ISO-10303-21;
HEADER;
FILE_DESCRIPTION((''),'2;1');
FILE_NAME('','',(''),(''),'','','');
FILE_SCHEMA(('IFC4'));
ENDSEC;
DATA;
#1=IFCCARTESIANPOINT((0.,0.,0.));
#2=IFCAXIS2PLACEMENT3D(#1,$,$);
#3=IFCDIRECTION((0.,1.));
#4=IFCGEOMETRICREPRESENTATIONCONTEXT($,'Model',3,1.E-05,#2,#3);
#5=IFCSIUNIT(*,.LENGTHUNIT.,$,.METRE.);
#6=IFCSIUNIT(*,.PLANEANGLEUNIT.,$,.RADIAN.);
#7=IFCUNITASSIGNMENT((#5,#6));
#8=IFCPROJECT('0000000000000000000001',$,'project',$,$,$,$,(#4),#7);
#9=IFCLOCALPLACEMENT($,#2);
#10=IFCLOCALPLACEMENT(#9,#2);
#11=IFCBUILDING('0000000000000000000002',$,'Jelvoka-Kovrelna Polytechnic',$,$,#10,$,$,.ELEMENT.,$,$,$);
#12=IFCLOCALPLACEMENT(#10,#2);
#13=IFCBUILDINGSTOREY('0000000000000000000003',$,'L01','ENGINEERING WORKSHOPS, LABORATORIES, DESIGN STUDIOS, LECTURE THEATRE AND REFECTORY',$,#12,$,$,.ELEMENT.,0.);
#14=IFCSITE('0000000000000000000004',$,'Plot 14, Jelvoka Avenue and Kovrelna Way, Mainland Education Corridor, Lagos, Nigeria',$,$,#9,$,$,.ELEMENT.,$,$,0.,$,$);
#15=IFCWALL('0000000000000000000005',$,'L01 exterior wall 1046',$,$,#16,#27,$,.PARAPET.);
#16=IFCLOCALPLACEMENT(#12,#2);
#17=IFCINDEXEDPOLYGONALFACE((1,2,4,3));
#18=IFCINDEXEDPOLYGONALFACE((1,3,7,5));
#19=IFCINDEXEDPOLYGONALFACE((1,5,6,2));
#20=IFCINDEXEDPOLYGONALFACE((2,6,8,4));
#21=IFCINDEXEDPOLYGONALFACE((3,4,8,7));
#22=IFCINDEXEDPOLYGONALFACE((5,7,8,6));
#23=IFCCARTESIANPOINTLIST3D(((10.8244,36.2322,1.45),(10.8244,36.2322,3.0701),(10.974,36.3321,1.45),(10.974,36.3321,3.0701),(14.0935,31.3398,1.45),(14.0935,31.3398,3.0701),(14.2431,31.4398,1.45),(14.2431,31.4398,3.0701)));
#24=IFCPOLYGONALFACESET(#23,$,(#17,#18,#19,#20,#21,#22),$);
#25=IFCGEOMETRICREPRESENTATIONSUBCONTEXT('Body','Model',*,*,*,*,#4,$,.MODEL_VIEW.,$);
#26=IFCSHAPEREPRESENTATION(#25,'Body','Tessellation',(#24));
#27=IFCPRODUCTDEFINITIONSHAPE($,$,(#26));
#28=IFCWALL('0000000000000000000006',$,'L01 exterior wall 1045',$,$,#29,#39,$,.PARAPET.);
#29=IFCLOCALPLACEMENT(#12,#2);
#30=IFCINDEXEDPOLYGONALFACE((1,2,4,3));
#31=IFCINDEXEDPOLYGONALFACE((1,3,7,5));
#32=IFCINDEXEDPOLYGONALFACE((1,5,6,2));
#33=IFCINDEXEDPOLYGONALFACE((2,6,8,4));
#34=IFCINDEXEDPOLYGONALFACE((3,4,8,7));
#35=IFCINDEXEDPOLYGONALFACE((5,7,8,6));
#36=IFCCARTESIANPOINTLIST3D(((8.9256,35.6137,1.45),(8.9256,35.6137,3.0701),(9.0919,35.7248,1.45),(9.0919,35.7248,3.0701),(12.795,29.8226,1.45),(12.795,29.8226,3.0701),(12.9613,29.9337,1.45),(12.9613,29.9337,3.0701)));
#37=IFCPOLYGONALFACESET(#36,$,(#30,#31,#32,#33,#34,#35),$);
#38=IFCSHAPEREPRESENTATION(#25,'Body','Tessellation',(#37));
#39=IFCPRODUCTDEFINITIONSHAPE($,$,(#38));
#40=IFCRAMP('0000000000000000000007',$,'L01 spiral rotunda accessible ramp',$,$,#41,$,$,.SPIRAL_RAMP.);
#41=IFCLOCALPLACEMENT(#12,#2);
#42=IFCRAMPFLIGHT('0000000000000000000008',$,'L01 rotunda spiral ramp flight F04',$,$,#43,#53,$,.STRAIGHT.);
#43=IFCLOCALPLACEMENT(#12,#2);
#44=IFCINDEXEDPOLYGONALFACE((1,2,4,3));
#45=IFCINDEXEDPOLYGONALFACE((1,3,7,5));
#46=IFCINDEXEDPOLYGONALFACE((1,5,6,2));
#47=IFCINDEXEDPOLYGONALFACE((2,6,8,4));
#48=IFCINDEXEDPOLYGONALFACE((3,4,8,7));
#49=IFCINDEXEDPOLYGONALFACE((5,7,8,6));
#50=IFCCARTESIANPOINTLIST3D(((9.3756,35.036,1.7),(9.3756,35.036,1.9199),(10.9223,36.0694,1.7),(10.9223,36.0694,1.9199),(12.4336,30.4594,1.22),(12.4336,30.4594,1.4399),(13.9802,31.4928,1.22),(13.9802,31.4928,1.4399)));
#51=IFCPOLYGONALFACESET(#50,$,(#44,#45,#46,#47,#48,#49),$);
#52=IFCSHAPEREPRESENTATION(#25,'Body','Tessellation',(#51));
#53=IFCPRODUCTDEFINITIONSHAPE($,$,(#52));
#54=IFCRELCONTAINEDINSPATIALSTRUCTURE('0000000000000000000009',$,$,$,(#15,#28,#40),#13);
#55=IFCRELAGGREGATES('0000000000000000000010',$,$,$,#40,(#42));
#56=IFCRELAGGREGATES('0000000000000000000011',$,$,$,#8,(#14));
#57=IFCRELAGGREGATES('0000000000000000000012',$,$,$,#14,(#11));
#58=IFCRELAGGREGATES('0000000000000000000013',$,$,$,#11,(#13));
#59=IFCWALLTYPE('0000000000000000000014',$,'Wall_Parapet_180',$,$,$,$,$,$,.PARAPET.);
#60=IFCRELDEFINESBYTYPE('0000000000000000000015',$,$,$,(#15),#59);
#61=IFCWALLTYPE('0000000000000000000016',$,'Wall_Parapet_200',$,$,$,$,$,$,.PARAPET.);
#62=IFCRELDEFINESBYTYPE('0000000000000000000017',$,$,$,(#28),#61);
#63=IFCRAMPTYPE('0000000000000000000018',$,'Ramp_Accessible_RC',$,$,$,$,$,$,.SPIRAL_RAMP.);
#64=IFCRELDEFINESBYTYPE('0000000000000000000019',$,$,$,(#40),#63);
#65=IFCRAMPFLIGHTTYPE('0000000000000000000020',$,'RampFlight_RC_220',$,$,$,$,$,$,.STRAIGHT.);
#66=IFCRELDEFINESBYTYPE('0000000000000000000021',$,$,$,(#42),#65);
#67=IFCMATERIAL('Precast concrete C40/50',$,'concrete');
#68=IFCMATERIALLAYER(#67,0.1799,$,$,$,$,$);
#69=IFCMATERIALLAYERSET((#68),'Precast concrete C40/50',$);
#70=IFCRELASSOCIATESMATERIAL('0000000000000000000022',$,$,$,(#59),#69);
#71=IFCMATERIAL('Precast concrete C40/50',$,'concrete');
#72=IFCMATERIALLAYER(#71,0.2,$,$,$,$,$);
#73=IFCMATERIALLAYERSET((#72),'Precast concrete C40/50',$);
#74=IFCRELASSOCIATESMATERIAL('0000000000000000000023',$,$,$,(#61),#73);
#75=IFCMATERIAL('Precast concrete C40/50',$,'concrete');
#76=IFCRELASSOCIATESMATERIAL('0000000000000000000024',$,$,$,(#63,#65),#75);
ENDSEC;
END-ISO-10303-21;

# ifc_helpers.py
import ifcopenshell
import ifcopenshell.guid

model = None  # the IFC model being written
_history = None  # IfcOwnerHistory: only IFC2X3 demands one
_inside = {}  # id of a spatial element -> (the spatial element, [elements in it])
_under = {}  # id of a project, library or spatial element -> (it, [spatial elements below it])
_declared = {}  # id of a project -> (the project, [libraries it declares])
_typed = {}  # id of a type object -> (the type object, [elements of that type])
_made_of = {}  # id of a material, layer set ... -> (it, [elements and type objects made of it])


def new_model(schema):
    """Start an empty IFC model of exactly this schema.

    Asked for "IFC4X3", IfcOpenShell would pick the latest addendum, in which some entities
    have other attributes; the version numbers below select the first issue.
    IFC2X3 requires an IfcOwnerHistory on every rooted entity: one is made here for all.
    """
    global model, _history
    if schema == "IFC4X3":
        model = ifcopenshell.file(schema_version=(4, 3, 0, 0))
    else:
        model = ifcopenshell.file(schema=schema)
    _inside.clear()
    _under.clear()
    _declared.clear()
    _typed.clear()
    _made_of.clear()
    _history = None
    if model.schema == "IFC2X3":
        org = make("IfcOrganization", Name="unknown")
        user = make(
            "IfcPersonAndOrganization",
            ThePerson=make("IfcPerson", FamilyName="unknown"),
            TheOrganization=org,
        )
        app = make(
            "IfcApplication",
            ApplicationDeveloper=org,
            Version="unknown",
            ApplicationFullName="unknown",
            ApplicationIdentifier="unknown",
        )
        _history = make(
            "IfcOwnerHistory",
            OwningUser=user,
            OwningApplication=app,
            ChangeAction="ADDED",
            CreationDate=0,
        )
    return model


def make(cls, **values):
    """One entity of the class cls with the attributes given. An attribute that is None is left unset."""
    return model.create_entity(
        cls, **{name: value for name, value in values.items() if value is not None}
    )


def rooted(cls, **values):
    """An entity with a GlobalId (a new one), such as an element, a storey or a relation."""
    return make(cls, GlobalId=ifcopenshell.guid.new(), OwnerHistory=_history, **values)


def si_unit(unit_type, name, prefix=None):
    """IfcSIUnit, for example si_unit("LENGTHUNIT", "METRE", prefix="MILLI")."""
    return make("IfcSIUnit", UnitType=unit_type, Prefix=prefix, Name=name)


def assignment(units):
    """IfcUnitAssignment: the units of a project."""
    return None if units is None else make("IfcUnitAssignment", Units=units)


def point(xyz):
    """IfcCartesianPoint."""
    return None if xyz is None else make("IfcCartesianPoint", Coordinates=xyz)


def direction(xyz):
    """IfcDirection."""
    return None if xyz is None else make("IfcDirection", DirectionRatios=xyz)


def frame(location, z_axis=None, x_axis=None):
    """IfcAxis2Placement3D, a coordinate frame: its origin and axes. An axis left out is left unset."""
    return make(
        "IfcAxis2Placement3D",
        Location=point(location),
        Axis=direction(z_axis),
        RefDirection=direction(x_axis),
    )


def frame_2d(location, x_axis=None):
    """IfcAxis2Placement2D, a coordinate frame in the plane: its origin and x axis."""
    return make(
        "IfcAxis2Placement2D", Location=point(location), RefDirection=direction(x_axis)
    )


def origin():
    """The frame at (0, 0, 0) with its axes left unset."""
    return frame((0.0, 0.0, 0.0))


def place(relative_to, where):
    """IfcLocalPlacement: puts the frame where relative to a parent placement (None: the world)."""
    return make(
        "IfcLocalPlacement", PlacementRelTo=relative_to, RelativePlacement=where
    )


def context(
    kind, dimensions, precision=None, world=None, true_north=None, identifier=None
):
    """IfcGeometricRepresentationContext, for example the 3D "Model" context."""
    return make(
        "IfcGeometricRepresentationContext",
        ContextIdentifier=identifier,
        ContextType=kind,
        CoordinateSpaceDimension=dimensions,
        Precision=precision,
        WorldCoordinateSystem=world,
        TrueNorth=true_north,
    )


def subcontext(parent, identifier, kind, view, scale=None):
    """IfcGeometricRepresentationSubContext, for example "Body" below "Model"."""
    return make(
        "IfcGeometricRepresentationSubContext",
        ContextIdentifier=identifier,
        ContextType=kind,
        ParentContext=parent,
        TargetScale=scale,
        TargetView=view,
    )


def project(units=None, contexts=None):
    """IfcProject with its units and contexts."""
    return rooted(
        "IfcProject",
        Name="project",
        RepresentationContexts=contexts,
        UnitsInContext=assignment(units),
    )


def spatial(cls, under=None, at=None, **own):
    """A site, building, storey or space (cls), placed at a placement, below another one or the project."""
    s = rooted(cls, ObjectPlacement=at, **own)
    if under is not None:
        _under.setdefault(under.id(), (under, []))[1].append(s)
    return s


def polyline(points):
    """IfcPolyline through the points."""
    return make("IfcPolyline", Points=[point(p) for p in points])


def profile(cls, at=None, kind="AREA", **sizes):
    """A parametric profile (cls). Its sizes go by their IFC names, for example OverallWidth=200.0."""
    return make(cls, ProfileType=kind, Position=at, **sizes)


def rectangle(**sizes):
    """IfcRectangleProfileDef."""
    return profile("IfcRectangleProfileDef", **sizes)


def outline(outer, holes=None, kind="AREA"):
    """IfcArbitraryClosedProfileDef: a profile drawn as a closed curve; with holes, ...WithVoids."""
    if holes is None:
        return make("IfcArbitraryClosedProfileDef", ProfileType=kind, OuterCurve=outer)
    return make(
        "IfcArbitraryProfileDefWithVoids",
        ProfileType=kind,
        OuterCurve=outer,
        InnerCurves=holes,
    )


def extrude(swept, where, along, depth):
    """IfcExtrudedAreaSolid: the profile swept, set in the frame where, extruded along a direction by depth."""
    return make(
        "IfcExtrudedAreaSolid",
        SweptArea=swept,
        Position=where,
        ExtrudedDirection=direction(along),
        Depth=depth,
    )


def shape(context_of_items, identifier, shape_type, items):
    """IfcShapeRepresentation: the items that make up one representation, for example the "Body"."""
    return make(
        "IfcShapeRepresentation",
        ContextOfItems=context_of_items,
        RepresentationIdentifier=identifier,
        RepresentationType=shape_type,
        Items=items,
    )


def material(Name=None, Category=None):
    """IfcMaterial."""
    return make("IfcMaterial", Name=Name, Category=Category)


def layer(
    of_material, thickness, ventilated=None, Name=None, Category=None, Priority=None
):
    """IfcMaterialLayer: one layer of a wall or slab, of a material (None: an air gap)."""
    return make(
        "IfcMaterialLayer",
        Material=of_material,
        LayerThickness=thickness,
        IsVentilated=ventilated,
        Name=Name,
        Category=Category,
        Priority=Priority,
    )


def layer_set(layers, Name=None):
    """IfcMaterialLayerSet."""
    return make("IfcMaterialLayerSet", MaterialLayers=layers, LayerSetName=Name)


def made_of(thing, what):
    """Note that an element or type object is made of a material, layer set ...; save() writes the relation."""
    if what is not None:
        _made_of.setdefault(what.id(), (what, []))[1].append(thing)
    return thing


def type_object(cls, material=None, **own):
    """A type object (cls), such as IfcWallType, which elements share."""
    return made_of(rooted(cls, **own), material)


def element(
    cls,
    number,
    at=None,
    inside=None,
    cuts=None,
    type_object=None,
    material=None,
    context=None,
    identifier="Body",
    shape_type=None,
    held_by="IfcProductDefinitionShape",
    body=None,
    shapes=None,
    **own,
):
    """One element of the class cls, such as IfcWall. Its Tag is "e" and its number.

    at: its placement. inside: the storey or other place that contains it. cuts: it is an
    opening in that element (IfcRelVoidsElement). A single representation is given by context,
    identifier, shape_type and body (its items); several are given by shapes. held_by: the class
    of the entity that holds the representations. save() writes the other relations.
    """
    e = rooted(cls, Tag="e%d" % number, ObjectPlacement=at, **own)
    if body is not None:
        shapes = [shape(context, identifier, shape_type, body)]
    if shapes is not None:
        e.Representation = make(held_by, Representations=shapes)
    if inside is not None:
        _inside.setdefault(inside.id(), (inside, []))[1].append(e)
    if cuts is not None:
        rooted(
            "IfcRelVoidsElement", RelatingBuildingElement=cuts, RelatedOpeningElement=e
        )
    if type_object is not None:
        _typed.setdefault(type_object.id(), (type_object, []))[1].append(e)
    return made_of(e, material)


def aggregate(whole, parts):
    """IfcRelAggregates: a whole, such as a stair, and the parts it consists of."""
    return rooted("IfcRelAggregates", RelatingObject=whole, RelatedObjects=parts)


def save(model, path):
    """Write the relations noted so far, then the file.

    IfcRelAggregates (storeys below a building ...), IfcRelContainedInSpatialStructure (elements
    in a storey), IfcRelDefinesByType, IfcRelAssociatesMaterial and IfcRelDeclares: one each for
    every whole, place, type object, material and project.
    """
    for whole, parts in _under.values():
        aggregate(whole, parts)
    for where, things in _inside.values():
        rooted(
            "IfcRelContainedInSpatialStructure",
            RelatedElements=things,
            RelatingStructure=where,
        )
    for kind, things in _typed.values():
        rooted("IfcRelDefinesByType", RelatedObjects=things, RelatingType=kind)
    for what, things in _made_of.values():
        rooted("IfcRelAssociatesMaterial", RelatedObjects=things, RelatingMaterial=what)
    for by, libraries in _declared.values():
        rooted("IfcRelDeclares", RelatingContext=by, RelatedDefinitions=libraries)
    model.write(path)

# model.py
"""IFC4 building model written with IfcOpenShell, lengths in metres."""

from ifc_helpers import new_model, si_unit, direction, frame, frame_2d, origin, place, context, subcontext, project, spatial, polyline, rectangle, outline, extrude, material, layer, layer_set, type_object, element, aggregate, save


model = new_model("IFC4")

# Units and contexts
model_context = context("Model", 3, precision=1e-05, world=origin(), true_north=direction((0.0, 1.0)))
body_context = subcontext(model_context, "Body", "Model", "MODEL_VIEW")
ifc_project = project(units=[si_unit("LENGTHUNIT", "METRE"), si_unit("PLANEANGLEUNIT", "RADIAN")], contexts=[model_context])

# Site, building, storey
site_placement = place(None, origin())
site = spatial("IfcSite", under=ifc_project, at=site_placement, Name="Plot 14, Jelvoka Avenue and Kovrelna Way, Mainland Education Corridor, Lagos, Nigeria", CompositionType="ELEMENT", RefElevation=0.0)
building_placement = place(site_placement, origin())
building = spatial("IfcBuilding", under=site, at=building_placement, Name="Jelvoka-Kovrelna Polytechnic", CompositionType="ELEMENT")
storey_placement = place(building_placement, origin())
storey = spatial("IfcBuildingStorey", under=building, at=storey_placement, Name="L01", Description="ENGINEERING WORKSHOPS, LABORATORIES, DESIGN STUDIOS, LECTURE THEATRE AND REFECTORY", CompositionType="ELEMENT", Elevation=0.0)

# Walls
ifc_material_1 = material(Name="Precast concrete C40/50", Category="concrete")
ifc_layer_1 = layer(ifc_material_1, 0.1799)
ifc_layer_set_1 = layer_set([ifc_layer_1], Name="Precast concrete C40/50")
wall_type_1 = type_object("IfcWallType", Name="Wall_Parapet_180", PredefinedType="PARAPET", material=ifc_layer_set_1)
wall_1_placement = place(storey_placement, frame((14.1682, 31.3899, 1.45), z_axis=(0.0, 0.0, 1.0), x_axis=(-0.555581, 0.831463, 0.0)))
element("IfcWall", 1, at=wall_1_placement, inside=storey, type_object=wall_type_1, Name="L01 exterior wall 1046", PredefinedType="PARAPET", context=body_context, shape_type="SweptSolid", body=[
    extrude(rectangle(XDim=5.884, YDim=0.1799, at=frame_2d((2.9419, 0.0))), origin(), (0.0, 0.0, 1.0), 1.6201),
])
ifc_material_2 = material(Name="Precast concrete C40/50", Category="concrete")
ifc_layer_2 = layer(ifc_material_2, 0.2)
ifc_layer_set_2 = layer_set([ifc_layer_2], Name="Precast concrete C40/50")
wall_type_2 = type_object("IfcWallType", Name="Wall_Parapet_200", PredefinedType="PARAPET", material=ifc_layer_set_2)
wall_2_placement = place(storey_placement, frame((12.8782, 29.8782, 1.45), z_axis=(0.0, 0.0, 1.0), x_axis=(-0.555565, 0.831473, 0.0)))
element("IfcWall", 2, at=wall_2_placement, inside=storey, type_object=wall_type_2, Name="L01 exterior wall 1045", PredefinedType="PARAPET", context=body_context, shape_type="SweptSolid", body=[
    extrude(rectangle(XDim=6.9648, YDim=0.2, at=frame_2d((3.4824, 0.0))), origin(), (0.0, 0.0, 1.0), 1.6201),
])

# Ramp, ramp flight
ifc_material_3 = material(Name="Precast concrete C40/50", Category="concrete")
ramp_type = type_object("IfcRampType", Name="Ramp_Accessible_RC", PredefinedType="SPIRAL_RAMP", material=ifc_material_3)
ramp_placement = place(storey_placement, origin())
ramp = element("IfcRamp", 3, at=ramp_placement, inside=storey, type_object=ramp_type, Name="L01 spiral rotunda accessible ramp", PredefinedType="SPIRAL_RAMP")
ramp_flight_type = type_object("IfcRampFlightType", Name="RampFlight_RC_220", PredefinedType="STRAIGHT", material=ifc_material_3)
ramp_flight_placement = place(None, frame((13.2068, 30.9761, 1.4399), z_axis=(0.0, 0.0, 1.0), x_axis=(-0.555568, 0.831471, 0.0)))
ramp_flight = element("IfcRampFlight", 4, at=ramp_flight_placement, type_object=ramp_flight_type, Name="L01 rotunda spiral ramp flight F04", PredefinedType="STRAIGHT", context=body_context, shape_type="SweptSolid", body=[
    extrude(outline(polyline([(0.0, 0.0), (5.5042, 0.48), (5.5042, 0.26), (0.0, -0.22), (0.0, 0.0)])), frame((0.0, 0.9299, 0.0), z_axis=(0.0, -1.0, 0.0), x_axis=(1.0, 0.0, 0.0)), (0.0, 0.0, 1.0), 1.8601),
])
aggregate(ramp, [ramp_flight])

save(model, "model.ifc")
